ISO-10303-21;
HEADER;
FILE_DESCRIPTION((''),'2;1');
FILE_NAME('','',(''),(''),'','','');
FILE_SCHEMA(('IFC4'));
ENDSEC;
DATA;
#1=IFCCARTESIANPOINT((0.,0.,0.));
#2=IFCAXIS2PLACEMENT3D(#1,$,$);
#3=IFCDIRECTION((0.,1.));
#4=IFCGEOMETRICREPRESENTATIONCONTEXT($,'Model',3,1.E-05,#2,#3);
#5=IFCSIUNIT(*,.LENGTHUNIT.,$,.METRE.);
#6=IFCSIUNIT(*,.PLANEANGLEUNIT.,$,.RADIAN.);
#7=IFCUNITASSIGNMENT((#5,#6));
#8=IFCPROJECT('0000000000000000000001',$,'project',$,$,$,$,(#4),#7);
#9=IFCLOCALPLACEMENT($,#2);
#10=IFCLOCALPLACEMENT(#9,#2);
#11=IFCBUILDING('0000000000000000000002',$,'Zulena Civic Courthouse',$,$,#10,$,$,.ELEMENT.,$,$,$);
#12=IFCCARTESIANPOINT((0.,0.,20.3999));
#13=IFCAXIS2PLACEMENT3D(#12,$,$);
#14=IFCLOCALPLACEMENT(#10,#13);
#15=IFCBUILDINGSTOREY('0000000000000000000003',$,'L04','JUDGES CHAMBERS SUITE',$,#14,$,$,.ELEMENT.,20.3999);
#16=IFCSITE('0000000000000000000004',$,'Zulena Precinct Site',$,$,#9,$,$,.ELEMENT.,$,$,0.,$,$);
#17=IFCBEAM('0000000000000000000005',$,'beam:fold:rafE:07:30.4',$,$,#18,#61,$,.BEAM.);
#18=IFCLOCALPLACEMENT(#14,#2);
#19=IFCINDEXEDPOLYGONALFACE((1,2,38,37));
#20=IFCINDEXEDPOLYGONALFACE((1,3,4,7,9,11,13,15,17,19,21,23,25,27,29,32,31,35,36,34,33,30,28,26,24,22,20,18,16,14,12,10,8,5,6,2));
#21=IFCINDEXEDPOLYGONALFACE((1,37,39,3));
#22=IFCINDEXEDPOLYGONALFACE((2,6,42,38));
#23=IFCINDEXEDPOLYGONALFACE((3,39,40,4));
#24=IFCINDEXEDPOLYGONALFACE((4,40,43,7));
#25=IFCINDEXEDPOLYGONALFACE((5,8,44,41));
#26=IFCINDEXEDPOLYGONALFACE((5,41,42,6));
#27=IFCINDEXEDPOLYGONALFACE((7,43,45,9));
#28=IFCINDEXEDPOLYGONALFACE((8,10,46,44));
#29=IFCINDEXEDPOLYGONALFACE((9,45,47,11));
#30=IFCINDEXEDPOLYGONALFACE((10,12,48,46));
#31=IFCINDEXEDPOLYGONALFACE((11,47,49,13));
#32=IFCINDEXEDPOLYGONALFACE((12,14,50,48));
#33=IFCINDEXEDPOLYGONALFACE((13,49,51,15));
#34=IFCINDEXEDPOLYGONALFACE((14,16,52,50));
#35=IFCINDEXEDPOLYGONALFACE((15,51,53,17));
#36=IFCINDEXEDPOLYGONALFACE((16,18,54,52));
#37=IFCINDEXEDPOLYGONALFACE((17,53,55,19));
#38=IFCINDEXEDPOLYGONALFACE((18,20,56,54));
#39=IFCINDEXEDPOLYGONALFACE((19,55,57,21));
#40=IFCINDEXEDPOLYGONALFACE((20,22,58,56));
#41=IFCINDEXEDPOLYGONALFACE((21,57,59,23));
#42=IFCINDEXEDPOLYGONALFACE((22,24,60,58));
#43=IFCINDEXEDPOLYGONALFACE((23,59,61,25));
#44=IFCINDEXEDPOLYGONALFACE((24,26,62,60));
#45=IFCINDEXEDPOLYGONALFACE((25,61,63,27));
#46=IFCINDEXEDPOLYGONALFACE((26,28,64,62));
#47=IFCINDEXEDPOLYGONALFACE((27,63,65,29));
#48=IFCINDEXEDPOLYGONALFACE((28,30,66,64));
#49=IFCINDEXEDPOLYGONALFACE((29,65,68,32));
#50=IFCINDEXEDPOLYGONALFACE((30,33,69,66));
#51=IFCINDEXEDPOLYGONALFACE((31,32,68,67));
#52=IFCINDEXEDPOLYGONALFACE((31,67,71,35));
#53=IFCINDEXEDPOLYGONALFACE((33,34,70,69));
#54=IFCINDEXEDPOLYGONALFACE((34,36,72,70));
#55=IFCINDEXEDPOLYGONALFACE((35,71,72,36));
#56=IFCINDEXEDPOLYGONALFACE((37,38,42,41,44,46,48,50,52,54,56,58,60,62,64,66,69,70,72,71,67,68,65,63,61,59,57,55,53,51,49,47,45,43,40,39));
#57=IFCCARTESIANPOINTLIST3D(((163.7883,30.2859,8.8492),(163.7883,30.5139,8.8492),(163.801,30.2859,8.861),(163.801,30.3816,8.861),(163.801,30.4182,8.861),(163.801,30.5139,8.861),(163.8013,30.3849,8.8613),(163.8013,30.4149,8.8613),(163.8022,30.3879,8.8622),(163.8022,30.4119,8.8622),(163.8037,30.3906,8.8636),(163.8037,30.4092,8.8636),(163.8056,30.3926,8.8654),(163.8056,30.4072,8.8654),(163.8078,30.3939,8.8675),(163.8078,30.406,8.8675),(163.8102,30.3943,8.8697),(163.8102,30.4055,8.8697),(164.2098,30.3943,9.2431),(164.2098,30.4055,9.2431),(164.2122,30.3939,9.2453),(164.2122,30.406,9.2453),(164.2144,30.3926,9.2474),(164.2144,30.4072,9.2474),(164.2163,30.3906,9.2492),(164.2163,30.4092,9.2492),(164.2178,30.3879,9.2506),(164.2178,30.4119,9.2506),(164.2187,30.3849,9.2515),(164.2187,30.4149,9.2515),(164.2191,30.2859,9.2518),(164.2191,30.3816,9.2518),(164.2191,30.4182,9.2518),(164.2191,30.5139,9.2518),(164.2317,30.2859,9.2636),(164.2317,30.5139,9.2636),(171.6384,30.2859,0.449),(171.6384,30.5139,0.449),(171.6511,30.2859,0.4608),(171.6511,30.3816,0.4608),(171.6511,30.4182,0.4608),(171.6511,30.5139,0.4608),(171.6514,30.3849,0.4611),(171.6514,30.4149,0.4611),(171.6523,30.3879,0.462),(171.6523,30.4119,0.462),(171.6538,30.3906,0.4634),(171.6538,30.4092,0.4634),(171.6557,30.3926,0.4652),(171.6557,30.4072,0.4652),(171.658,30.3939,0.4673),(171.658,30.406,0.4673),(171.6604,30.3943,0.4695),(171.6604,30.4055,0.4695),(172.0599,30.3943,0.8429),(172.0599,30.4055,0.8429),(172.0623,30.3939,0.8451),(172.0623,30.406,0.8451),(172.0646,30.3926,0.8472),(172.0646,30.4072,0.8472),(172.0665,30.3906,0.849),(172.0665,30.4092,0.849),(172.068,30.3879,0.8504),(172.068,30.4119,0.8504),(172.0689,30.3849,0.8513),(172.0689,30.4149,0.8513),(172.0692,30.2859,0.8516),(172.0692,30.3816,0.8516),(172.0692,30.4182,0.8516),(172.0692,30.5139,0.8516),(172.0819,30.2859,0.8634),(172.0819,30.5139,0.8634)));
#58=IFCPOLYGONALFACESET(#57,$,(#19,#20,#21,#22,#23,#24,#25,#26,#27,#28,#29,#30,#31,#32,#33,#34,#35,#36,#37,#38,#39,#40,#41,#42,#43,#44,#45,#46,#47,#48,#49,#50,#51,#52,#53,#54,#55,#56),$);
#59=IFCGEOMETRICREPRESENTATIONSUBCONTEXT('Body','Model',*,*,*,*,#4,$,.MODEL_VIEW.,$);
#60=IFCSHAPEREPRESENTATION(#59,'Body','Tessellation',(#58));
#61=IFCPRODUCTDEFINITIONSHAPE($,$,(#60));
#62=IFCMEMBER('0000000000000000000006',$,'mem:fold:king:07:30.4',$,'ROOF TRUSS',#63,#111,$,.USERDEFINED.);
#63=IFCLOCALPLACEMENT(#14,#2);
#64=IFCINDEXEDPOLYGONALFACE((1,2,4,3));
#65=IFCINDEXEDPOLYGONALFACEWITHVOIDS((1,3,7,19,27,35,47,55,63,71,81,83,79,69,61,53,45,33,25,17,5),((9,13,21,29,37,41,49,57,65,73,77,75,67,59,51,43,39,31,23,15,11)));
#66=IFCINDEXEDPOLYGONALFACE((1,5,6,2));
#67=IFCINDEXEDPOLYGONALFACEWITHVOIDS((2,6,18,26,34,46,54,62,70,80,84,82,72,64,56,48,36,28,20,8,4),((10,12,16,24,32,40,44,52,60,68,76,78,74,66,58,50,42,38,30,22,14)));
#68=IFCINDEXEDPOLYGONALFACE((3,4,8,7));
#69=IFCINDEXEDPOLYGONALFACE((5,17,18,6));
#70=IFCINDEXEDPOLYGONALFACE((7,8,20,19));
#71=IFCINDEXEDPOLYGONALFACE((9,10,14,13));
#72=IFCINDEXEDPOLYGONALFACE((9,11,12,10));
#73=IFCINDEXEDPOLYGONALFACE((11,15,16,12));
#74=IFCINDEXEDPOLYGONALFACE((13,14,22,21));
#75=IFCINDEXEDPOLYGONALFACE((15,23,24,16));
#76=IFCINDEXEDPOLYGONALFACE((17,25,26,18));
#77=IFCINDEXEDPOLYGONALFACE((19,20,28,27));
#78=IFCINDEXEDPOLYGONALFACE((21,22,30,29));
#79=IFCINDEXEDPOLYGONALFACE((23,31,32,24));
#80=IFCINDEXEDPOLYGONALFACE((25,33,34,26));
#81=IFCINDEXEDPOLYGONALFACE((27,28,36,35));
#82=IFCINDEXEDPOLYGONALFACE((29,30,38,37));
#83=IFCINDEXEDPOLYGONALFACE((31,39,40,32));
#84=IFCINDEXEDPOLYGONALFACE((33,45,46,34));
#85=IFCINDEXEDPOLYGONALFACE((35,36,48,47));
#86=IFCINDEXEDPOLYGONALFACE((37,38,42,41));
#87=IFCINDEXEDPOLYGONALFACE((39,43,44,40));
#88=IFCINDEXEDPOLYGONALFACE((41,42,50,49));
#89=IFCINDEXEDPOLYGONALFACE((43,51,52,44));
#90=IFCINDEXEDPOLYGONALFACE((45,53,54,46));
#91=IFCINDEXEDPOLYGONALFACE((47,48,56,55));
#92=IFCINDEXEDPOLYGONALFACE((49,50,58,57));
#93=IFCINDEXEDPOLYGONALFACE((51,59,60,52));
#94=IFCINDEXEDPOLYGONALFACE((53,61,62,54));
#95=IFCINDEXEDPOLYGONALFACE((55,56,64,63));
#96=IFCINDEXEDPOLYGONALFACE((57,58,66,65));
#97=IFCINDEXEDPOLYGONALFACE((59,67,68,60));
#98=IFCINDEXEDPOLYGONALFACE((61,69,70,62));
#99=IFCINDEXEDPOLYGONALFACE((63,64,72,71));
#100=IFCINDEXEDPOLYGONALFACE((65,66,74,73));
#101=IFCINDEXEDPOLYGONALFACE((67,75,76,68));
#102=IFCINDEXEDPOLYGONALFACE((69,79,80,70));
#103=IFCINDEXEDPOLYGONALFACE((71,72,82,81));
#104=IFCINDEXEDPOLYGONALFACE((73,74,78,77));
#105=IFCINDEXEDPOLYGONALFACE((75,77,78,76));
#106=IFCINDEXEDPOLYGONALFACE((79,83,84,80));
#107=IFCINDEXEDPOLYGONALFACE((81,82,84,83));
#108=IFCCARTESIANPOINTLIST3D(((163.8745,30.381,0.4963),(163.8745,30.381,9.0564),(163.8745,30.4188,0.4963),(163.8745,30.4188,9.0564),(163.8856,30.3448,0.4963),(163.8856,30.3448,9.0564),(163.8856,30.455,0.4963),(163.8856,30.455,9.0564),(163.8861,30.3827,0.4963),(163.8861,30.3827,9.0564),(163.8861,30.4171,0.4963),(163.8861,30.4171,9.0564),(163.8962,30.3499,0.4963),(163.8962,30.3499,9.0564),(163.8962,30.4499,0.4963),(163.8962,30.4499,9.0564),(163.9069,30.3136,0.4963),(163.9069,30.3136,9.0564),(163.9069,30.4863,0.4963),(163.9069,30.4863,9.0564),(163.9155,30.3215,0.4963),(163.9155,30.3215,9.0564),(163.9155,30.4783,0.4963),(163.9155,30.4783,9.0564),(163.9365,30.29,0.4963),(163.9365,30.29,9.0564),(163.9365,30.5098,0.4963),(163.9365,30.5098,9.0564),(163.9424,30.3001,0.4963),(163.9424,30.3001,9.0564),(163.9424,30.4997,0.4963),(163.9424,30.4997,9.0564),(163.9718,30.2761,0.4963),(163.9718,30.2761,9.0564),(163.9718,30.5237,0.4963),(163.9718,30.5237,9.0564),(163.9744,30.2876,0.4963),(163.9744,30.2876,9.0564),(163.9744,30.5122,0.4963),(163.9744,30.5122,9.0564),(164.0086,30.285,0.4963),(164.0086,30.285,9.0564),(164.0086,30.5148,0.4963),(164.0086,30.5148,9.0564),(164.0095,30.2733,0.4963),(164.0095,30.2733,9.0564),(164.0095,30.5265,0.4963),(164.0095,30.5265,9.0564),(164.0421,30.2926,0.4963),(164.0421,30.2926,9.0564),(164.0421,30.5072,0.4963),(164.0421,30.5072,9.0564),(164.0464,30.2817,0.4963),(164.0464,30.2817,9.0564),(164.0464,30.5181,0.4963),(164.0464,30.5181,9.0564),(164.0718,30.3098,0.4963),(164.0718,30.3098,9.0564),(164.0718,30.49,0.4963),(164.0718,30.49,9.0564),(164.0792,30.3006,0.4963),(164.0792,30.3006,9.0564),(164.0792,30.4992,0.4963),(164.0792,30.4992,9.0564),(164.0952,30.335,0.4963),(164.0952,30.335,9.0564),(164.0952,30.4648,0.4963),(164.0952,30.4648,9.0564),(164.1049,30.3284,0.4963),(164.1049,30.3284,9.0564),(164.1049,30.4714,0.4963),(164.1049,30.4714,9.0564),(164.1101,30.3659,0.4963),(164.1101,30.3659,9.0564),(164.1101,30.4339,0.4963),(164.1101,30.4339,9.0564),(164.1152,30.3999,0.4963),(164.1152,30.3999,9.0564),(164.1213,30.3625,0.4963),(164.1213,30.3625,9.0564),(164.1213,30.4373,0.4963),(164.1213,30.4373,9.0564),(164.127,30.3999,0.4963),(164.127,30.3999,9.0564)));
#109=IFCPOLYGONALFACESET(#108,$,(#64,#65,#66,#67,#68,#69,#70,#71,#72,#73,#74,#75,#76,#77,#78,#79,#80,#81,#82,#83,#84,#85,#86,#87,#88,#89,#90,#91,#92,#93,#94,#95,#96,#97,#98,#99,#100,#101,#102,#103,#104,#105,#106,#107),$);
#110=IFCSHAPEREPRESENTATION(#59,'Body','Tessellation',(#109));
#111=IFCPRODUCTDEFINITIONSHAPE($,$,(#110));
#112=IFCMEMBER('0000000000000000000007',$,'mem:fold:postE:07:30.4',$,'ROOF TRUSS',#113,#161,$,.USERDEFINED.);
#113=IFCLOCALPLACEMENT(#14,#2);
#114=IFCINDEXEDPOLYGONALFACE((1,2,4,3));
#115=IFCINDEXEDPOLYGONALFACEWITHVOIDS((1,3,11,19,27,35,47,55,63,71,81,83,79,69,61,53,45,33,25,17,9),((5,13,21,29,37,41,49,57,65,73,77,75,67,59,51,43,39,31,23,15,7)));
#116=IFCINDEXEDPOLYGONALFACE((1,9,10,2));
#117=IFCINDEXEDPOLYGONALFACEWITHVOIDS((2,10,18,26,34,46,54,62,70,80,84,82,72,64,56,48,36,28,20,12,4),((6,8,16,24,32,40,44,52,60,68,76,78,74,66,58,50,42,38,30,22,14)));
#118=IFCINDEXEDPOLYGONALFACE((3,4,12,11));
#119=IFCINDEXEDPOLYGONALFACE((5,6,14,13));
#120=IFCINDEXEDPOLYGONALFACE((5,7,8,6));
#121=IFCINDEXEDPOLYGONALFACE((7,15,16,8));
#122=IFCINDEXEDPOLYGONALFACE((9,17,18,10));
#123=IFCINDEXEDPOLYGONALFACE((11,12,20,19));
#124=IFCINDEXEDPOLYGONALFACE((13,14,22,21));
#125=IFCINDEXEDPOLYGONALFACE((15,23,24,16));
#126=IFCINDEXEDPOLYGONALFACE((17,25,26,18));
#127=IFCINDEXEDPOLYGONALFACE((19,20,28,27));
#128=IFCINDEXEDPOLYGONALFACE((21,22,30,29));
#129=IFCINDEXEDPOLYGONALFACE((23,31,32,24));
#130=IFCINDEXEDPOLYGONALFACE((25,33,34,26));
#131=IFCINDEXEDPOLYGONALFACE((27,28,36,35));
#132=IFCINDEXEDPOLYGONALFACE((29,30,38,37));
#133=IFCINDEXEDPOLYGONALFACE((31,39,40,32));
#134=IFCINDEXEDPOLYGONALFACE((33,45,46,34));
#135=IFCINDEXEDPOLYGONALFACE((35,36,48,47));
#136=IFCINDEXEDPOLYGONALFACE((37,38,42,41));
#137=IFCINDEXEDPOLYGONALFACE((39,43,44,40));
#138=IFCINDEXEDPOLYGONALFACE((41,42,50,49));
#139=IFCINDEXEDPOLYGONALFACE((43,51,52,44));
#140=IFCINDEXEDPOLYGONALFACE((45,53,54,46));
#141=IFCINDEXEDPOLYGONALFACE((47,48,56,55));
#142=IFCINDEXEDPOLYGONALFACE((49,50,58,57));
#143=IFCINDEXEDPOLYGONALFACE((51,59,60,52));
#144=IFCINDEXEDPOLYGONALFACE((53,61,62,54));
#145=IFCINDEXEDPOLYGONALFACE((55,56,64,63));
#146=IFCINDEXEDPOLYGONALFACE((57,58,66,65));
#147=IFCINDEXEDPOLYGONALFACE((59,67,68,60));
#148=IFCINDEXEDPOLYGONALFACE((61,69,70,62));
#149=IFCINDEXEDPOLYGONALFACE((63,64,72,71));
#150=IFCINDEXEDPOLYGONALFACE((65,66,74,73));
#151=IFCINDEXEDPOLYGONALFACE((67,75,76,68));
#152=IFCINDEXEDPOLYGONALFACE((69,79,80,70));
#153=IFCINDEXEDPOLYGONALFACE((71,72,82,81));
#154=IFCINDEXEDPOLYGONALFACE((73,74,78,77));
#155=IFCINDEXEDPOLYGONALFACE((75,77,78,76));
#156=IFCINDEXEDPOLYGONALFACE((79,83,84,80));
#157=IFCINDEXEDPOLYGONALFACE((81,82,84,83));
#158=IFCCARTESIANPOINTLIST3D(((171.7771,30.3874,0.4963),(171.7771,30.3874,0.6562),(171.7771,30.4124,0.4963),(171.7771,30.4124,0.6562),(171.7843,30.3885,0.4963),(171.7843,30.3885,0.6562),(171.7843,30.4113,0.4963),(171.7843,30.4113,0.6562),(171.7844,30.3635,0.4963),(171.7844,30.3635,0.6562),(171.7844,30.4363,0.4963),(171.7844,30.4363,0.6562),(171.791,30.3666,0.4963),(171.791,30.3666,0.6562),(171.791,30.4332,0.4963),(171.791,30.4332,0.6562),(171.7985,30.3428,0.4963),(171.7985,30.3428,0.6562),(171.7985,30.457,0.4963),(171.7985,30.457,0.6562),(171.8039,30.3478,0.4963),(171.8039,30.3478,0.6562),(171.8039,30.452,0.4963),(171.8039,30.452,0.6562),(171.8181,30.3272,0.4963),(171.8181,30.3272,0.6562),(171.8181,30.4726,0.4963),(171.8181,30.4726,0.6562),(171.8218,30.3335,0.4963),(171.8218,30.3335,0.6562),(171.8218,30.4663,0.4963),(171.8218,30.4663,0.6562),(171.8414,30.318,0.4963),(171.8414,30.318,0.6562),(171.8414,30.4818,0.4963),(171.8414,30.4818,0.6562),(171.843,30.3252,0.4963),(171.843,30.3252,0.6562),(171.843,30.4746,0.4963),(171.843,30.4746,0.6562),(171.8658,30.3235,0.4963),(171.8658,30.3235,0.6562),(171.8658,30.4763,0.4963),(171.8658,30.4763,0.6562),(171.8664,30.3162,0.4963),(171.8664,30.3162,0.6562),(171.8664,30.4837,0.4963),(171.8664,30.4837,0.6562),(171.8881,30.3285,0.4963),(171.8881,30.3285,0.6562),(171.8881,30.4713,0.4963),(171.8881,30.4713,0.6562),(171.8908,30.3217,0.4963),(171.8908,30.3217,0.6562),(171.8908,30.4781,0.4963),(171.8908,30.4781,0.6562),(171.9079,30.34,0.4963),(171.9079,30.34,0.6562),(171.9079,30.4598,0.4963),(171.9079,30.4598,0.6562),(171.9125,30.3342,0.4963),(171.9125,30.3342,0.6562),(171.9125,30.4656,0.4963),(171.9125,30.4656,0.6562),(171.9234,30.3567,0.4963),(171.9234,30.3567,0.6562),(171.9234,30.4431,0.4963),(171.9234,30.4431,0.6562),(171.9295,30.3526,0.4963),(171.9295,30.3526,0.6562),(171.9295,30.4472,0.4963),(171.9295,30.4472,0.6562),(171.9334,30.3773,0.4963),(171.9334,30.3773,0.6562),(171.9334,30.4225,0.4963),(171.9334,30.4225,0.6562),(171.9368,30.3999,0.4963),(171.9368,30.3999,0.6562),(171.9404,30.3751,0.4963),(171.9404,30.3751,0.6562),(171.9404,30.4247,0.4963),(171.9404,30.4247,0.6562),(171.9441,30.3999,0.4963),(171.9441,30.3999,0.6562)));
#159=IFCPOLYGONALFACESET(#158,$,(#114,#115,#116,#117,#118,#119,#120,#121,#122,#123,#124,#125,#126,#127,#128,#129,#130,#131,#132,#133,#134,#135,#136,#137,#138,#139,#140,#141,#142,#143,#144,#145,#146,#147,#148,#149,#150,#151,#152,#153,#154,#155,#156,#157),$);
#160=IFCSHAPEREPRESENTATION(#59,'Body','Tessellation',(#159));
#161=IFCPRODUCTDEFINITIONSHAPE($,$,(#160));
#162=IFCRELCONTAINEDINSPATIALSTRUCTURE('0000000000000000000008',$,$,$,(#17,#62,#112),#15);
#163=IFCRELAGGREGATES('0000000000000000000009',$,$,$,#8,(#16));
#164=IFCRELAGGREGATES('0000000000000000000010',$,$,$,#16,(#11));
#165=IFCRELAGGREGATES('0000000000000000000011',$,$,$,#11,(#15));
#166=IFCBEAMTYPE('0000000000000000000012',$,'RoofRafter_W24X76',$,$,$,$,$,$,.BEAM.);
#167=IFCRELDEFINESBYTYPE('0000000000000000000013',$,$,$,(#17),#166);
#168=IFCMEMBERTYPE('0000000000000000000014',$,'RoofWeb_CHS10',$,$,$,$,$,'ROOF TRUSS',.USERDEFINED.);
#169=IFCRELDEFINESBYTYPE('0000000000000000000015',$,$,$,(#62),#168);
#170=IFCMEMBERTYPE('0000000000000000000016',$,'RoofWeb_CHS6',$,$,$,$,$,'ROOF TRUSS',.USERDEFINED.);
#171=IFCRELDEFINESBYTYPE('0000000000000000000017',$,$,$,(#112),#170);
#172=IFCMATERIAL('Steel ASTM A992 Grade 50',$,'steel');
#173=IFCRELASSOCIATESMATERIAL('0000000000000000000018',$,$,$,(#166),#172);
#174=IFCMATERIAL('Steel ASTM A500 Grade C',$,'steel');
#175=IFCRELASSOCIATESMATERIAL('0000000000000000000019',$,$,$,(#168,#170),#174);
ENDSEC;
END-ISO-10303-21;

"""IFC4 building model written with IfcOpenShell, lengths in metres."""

from ifc_helpers import new_model, si_unit, direction, frame, origin, origin_2d, place, context, subcontext, project, spatial, hollow_circle, i_section, extrude, material, material_profile, profile_set, type_object, element, save


model = new_model("IFC4")

# Units and contexts
model_context = context("Model", 3, precision=1e-05, world=origin(), true_north=direction((0.0, 1.0)))
body_context = subcontext(model_context, "Body", "Model", "MODEL_VIEW")
ifc_project = project(units=[si_unit("LENGTHUNIT", "METRE"), si_unit("PLANEANGLEUNIT", "RADIAN")], contexts=[model_context])

# Site, building, storey
site_placement = place(None, origin())
site = spatial("IfcSite", under=ifc_project, at=site_placement, Name="Zulena Precinct Site", CompositionType="ELEMENT", RefElevation=0.0)
building_placement = place(site_placement, origin())
building = spatial("IfcBuilding", under=site, at=building_placement, Name="Zulena Civic Courthouse", CompositionType="ELEMENT")
storey_placement = place(building_placement, frame((0.0, 0.0, 20.3999)))
storey = spatial("IfcBuildingStorey", under=building, at=storey_placement, Name="L04", Description="JUDGES CHAMBERS SUITE", CompositionType="ELEMENT", Elevation=20.3999)

# Shared definitions
ifc_material_1 = material(Name="Steel ASTM A992 Grade 50", Category="steel")

# Beam
ifc_material_profile_1 = material_profile(ifc_material_1, i_section(OverallWidth=0.228, OverallDepth=0.6069, WebThickness=0.0112, FlangeThickness=0.0173, FilletRadius=0.0127, at=origin_2d()), Name="W24X76")
ifc_profile_set_1 = profile_set([ifc_material_profile_1], Name="Steel ASTM A992 Grade 50")
beam_type = type_object("IfcBeamType", Name="RoofRafter_W24X76", PredefinedType="BEAM", material=ifc_profile_set_1)
beam_placement = place(storey_placement, frame((164.01, 30.3999, 9.0564), z_axis=(0.682781, 0.0, -0.730623), x_axis=(0.0, 1.0, 0.0)))
element("IfcBeam", 1, at=beam_placement, inside=storey, type_object=beam_type, Name="beam:fold:rafE:07:30.4", PredefinedType="BEAM", context=body_context, shape_type="SweptSolid", body=[
    extrude(i_section(OverallWidth=0.228, OverallDepth=0.6069, WebThickness=0.0112, FlangeThickness=0.0173, FilletRadius=0.0127, at=origin_2d()), origin(), (0.0, 0.0, 1.0), 11.4973),
])

# Members
ifc_material_2 = material(Name="Steel ASTM A500 Grade C", Category="steel")
ifc_material_profile_2 = material_profile(ifc_material_2, hollow_circle(Radius=0.127, WallThickness=0.0117, at=origin_2d()), Name="HSS10.000X0.500")
ifc_profile_set_2 = profile_set([ifc_material_profile_2], Name="Steel ASTM A500 Grade C")
member_type_1 = type_object("IfcMemberType", Name="RoofWeb_CHS10", ElementType="ROOF TRUSS", PredefinedType="USERDEFINED", material=ifc_profile_set_2)
member_1_placement = place(storey_placement, frame((164.0, 30.3999, 0.4963), z_axis=(0.0, 0.0, 1.0), x_axis=(1.0, 0.0, 0.0)))
element("IfcMember", 2, at=member_1_placement, inside=storey, type_object=member_type_1, Name="mem:fold:king:07:30.4", ObjectType="ROOF TRUSS", PredefinedType="USERDEFINED", context=body_context, shape_type="SweptSolid", body=[
    extrude(hollow_circle(Radius=0.127, WallThickness=0.0117, at=origin_2d()), origin(), (0.0, 0.0, 1.0), 8.5601),
])
ifc_material_profile_3 = material_profile(ifc_material_2, hollow_circle(Radius=0.084, WallThickness=0.0073, at=origin_2d()), Name="HSS6.625X0.312")
ifc_profile_set_3 = profile_set([ifc_material_profile_3], Name="Steel ASTM A500 Grade C")
member_type_2 = type_object("IfcMemberType", Name="RoofWeb_CHS6", ElementType="ROOF TRUSS", PredefinedType="USERDEFINED", material=ifc_profile_set_3)
member_2_placement = place(storey_placement, frame((171.8601, 30.3999, 0.4963), z_axis=(0.0, 0.0, 1.0), x_axis=(1.0, 0.0, 0.0)))
element("IfcMember", 3, at=member_2_placement, inside=storey, type_object=member_type_2, Name="mem:fold:postE:07:30.4", ObjectType="ROOF TRUSS", PredefinedType="USERDEFINED", context=body_context, shape_type="SweptSolid", body=[
    extrude(hollow_circle(Radius=0.084, WallThickness=0.0073, at=origin_2d()), origin(), (0.0, 0.0, 1.0), 0.1599),
])

save(model, "model.ifc")
